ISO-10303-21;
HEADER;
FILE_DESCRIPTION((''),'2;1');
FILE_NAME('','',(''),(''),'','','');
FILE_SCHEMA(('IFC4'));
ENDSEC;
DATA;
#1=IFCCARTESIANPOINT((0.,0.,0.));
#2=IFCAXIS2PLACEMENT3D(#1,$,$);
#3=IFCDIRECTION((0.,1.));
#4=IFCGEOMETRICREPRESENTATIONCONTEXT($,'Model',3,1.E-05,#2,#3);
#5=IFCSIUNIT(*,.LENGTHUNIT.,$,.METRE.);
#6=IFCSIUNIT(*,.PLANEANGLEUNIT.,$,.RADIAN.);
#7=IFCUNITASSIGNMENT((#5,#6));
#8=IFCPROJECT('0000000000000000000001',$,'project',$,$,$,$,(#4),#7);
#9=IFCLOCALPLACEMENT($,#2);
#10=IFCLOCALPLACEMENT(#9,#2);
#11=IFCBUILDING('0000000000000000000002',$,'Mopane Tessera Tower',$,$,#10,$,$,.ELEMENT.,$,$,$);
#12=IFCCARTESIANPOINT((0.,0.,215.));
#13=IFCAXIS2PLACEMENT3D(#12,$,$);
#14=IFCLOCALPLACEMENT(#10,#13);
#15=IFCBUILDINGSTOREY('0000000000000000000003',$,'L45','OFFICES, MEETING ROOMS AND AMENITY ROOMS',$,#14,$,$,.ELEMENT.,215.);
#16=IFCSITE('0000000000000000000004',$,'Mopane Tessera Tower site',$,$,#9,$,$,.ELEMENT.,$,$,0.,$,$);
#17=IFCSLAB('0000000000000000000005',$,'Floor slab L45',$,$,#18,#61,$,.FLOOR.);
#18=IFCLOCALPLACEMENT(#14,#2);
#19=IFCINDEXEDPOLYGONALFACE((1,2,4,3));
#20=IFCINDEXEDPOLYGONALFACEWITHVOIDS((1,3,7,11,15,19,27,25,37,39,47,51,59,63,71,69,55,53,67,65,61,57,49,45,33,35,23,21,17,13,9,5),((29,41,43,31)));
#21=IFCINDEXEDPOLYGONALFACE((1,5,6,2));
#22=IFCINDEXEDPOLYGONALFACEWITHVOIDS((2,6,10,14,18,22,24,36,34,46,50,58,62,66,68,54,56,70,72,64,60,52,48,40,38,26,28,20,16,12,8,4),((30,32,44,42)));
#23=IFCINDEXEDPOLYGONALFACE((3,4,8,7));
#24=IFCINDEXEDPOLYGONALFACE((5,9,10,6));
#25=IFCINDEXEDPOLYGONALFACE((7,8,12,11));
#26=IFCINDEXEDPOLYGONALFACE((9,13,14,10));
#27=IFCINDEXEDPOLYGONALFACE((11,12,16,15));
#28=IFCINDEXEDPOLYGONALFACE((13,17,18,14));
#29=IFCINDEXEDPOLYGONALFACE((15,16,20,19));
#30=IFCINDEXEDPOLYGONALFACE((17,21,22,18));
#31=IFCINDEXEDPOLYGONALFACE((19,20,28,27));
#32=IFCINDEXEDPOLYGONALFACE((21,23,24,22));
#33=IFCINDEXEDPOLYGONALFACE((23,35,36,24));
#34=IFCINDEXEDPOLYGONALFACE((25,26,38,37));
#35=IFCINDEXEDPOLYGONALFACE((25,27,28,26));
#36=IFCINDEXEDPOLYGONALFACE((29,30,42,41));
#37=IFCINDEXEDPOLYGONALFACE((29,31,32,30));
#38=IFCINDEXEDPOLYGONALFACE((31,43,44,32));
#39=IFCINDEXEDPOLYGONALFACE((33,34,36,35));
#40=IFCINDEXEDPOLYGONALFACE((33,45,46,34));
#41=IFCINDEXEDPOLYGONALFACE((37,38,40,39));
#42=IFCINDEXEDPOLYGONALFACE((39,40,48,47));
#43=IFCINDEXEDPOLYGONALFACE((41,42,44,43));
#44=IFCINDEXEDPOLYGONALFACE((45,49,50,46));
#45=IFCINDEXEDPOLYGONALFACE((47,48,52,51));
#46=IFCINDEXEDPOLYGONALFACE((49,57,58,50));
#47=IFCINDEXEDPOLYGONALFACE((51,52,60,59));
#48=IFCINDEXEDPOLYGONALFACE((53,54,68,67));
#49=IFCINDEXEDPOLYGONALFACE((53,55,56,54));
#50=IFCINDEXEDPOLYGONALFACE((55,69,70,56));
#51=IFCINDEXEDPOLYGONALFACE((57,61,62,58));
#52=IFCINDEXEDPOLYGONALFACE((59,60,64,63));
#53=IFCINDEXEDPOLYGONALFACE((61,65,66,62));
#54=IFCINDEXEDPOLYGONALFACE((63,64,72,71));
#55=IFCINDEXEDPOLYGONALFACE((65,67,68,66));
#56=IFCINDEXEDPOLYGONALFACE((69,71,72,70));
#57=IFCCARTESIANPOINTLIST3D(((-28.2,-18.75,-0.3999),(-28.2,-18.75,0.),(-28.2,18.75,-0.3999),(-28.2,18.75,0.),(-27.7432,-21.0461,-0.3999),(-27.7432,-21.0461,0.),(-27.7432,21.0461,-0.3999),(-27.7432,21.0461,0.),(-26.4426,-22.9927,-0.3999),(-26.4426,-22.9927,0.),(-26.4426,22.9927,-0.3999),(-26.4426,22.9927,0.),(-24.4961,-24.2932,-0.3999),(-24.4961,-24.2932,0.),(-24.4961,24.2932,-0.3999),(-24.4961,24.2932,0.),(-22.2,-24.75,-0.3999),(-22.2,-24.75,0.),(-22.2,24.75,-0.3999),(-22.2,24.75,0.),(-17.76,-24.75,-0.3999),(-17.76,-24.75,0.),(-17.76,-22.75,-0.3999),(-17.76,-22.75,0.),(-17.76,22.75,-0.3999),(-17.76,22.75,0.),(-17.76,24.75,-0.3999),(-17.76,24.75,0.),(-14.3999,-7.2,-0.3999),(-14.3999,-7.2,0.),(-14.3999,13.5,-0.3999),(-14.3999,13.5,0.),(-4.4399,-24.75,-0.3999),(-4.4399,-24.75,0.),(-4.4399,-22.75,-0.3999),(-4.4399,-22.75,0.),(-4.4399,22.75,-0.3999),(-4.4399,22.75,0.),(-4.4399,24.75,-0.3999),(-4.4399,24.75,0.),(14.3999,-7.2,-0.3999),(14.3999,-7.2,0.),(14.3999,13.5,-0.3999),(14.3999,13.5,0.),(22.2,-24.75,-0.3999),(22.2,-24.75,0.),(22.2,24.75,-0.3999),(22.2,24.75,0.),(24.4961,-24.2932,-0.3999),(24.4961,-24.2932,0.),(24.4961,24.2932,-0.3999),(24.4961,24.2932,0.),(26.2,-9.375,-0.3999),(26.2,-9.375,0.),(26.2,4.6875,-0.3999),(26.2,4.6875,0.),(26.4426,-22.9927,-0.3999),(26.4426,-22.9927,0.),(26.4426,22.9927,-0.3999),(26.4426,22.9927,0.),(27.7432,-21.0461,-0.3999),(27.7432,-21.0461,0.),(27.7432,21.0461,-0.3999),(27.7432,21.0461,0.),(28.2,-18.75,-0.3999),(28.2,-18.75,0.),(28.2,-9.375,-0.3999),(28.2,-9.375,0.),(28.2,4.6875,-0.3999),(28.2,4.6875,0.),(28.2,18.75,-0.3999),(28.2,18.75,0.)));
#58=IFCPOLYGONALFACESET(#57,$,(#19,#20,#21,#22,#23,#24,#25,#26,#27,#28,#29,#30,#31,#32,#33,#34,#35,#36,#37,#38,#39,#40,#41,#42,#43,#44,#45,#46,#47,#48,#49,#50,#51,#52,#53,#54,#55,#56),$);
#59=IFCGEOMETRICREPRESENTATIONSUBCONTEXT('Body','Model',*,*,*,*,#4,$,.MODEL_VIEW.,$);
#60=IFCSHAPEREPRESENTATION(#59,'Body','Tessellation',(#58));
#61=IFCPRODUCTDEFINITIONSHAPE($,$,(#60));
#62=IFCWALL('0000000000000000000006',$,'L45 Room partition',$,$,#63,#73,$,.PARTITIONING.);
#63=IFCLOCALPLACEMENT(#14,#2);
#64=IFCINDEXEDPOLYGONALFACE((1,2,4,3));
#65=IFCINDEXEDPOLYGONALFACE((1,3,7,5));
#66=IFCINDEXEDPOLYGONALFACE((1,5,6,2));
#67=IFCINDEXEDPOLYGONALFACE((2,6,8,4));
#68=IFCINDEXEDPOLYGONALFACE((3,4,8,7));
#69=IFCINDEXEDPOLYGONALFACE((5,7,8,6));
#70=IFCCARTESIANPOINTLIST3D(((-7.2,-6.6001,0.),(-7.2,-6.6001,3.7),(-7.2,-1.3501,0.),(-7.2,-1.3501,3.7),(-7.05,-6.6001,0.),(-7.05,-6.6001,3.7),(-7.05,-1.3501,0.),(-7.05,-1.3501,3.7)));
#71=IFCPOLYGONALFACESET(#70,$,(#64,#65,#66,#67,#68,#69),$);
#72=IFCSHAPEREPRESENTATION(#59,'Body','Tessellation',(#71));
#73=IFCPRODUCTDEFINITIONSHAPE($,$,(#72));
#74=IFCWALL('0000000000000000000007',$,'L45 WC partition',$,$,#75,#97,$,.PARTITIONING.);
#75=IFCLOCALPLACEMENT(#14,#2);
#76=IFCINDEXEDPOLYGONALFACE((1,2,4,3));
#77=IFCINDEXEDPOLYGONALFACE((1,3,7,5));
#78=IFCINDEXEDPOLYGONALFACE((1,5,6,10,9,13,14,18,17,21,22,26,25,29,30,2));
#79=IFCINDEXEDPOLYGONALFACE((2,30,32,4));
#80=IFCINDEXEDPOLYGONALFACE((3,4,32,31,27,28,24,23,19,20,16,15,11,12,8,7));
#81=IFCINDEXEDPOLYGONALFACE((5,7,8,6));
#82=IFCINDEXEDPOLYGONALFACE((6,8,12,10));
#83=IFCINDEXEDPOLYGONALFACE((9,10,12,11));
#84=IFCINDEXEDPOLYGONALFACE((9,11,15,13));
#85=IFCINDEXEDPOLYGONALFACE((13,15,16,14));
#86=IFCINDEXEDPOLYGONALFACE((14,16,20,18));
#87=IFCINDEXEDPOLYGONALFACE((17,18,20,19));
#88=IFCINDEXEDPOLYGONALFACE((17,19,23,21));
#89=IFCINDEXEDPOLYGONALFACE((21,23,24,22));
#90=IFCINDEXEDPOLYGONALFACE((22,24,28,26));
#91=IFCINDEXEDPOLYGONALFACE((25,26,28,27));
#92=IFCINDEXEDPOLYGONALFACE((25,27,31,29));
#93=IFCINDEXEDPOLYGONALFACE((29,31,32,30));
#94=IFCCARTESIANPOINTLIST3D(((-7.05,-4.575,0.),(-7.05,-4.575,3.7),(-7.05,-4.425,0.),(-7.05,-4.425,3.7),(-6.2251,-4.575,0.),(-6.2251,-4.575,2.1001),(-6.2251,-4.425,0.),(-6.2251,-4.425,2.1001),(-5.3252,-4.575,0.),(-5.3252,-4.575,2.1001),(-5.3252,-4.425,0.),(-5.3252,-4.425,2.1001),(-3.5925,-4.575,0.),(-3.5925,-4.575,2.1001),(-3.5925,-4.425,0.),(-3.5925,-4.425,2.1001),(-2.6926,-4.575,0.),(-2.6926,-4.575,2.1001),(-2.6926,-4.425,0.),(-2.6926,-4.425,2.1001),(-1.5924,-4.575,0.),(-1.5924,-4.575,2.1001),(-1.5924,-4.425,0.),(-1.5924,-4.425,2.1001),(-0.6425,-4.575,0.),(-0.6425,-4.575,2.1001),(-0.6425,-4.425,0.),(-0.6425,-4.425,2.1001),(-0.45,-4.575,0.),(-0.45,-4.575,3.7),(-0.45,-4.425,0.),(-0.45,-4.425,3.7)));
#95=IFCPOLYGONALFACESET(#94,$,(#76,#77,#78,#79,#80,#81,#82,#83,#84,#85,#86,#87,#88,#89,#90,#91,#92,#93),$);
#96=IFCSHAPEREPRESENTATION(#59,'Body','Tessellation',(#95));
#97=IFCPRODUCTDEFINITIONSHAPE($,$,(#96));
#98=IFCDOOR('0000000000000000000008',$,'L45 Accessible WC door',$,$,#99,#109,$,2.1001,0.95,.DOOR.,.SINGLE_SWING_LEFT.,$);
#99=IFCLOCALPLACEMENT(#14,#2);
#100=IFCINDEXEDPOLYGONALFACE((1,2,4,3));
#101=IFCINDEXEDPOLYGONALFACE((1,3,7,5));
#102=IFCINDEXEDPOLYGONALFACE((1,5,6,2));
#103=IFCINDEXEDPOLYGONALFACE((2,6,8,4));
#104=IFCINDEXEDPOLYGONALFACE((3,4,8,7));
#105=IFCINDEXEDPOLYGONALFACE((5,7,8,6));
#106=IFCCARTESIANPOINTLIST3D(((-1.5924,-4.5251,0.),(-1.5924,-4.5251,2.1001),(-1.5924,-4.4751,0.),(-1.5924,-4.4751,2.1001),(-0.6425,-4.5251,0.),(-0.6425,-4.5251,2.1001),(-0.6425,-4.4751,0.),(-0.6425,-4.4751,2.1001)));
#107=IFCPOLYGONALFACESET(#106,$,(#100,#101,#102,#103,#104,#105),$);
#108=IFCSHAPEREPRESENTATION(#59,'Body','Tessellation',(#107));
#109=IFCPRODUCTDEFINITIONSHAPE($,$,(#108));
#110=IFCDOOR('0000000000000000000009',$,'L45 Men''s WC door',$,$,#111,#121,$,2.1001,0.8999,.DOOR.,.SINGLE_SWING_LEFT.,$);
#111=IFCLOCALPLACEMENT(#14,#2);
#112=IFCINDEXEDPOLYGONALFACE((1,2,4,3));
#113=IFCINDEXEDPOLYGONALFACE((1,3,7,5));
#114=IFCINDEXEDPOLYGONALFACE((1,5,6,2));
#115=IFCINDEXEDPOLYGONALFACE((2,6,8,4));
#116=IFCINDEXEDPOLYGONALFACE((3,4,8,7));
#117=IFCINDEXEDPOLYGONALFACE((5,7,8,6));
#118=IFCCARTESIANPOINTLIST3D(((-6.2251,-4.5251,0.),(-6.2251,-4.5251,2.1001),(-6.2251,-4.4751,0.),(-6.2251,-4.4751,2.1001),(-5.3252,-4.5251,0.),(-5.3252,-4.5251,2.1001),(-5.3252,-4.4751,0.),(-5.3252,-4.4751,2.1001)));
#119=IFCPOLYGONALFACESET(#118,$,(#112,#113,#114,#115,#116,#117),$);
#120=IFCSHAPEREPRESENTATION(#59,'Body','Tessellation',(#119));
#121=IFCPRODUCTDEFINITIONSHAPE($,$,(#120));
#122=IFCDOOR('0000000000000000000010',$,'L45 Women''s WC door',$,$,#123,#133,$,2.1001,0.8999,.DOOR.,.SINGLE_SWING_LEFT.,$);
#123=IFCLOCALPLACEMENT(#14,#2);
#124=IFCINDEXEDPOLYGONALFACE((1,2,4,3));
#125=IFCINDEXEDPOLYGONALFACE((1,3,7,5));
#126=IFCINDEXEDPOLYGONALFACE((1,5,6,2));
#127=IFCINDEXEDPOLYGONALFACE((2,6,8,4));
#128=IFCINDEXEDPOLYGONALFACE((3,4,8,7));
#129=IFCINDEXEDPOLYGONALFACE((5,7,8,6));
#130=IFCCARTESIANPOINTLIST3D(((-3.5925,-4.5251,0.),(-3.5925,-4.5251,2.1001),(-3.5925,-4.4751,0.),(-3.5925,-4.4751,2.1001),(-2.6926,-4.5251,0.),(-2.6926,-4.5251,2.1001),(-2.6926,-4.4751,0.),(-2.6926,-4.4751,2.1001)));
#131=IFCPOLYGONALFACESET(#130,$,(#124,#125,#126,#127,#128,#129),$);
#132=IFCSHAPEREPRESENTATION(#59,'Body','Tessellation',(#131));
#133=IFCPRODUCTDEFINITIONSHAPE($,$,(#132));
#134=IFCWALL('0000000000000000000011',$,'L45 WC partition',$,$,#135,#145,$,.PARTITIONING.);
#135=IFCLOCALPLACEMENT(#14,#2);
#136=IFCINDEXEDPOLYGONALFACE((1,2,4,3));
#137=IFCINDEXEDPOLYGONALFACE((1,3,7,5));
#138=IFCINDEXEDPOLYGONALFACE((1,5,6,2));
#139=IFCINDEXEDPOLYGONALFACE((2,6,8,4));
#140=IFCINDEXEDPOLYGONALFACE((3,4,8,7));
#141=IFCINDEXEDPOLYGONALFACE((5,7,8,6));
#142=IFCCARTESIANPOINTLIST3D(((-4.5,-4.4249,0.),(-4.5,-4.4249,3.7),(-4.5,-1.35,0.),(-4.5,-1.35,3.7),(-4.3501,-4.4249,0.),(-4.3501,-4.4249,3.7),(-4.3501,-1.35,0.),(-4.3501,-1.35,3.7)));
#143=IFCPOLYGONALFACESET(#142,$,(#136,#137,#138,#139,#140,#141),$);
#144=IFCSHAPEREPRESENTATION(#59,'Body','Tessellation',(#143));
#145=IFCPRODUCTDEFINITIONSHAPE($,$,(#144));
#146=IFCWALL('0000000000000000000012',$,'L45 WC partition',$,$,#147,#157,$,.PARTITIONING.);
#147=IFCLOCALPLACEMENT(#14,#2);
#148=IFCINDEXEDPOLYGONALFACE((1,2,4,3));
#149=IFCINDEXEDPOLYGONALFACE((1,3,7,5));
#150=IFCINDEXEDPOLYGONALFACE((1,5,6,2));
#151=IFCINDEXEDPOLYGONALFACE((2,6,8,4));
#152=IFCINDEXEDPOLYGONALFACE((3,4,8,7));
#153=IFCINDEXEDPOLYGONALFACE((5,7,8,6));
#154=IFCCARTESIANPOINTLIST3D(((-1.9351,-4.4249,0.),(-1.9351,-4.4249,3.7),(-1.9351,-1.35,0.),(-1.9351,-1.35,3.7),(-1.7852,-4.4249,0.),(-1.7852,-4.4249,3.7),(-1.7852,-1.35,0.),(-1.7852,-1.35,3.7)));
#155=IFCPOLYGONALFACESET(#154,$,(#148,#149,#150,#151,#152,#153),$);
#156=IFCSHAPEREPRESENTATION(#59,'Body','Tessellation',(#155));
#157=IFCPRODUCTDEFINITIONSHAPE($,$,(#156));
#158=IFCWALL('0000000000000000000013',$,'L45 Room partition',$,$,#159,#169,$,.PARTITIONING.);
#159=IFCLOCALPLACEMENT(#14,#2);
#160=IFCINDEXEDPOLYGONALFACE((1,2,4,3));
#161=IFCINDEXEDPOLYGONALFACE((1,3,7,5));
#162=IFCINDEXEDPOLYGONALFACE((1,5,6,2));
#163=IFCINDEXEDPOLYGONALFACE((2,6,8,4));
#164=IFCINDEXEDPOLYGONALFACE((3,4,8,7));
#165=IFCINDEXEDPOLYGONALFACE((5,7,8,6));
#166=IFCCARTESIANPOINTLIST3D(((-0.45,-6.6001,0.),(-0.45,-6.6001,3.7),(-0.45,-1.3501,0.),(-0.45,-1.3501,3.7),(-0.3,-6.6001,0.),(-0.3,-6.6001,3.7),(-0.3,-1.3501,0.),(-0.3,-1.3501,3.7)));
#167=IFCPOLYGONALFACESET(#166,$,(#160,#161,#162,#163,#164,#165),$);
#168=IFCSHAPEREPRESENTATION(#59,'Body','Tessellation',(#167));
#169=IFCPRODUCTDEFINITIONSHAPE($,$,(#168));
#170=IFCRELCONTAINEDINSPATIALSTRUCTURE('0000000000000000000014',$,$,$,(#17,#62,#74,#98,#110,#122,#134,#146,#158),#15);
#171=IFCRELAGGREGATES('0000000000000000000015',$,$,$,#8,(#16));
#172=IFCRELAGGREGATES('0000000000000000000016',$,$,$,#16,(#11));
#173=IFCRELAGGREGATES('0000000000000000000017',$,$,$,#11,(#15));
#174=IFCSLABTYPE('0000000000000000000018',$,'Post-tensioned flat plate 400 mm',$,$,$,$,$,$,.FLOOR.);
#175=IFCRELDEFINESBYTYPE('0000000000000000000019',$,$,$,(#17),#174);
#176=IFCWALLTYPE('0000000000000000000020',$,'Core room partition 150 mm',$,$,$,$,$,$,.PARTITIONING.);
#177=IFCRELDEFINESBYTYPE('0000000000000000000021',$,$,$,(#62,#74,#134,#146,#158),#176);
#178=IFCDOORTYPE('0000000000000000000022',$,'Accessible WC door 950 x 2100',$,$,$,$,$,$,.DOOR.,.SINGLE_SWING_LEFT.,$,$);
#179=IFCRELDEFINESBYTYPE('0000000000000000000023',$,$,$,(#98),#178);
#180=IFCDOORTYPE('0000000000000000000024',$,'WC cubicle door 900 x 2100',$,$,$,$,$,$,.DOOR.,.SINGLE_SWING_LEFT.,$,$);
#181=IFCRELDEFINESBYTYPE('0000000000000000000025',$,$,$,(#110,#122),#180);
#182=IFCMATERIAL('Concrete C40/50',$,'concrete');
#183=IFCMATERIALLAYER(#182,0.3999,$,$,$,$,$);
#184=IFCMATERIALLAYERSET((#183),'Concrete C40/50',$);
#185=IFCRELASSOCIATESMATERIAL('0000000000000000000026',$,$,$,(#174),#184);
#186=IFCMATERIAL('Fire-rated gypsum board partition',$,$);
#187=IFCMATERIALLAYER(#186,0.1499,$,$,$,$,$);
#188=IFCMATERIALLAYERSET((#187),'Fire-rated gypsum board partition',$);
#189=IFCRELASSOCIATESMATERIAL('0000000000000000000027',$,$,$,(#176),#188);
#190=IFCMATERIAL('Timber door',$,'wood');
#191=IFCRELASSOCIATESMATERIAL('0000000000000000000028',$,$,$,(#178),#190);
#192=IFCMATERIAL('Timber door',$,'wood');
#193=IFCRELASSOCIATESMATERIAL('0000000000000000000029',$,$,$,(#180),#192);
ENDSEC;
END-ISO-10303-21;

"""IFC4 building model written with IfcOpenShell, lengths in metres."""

from ifc_helpers import new_model, si_unit, direction, frame, frame_2d, origin, place, context, subcontext, project, spatial, polyline, rectangle, outline, extrude, material, layer, layer_set, type_object, element, fill, save


model = new_model("IFC4")

# Units and contexts
model_context = context("Model", 3, precision=1e-05, world=origin(), true_north=direction((0.0, 1.0)))
body_context = subcontext(model_context, "Body", "Model", "MODEL_VIEW")
ifc_project = project(units=[si_unit("LENGTHUNIT", "METRE"), si_unit("PLANEANGLEUNIT", "RADIAN")], contexts=[model_context])

# Site, building, storey
site_placement = place(None, origin())
site = spatial("IfcSite", under=ifc_project, at=site_placement, Name="Mopane Tessera Tower site", CompositionType="ELEMENT", RefElevation=0.0)
building_placement = place(site_placement, origin())
building = spatial("IfcBuilding", under=site, at=building_placement, Name="Mopane Tessera Tower", CompositionType="ELEMENT")
storey_placement = place(building_placement, frame((0.0, 0.0, 215.0)))
storey = spatial("IfcBuildingStorey", under=building, at=storey_placement, Name="L45", Description="OFFICES, MEETING ROOMS AND AMENITY ROOMS", CompositionType="ELEMENT", Elevation=215.0)

# Slab
ifc_material_1 = material(Name="Concrete C40/50", Category="concrete")
ifc_layer_1 = layer(ifc_material_1, 0.3999)
ifc_layer_set_1 = layer_set([ifc_layer_1], Name="Concrete C40/50")
slab_type = type_object("IfcSlabType", Name="Post-tensioned flat plate 400 mm", PredefinedType="FLOOR", material=ifc_layer_set_1)
slab_placement = place(storey_placement, frame((0.0, 0.0, -0.3999)))
element("IfcSlab", 1, at=slab_placement, inside=storey, type_object=slab_type, Name="Floor slab L45", PredefinedType="FLOOR", context=body_context, shape_type="SweptSolid", body=[
    extrude(outline(polyline([(-22.2, -24.75), (-17.76, -24.75), (-17.76, -22.75), (-4.4399, -22.75), (-4.4399, -24.75), (22.2, -24.75), (24.4961, -24.2932), (26.4426, -22.9927), (27.7432, -21.0461), (28.2, -18.75), (28.2, -9.375), (26.2, -9.375), (26.2, 4.6875), (28.2, 4.6875), (28.2, 18.75), (27.7432, 21.0461), (26.4426, 22.9927), (24.4961, 24.2932), (22.2, 24.75), (-4.4399, 24.75), (-4.4399, 22.75), (-17.76, 22.75), (-17.76, 24.75), (-22.2, 24.75), (-24.4961, 24.2932), (-26.4426, 22.9927), (-27.7432, 21.0461), (-28.2, 18.75), (-28.2, -18.75), (-27.7432, -21.0461), (-26.4426, -22.9927), (-24.4961, -24.2932), (-22.2, -24.75)]), holes=[polyline([(14.3999, -7.2), (-14.3999, -7.2), (-14.3999, 13.5), (14.3999, 13.5), (14.3999, -7.2)])]), origin(), (0.0, 0.0, 1.0), 0.3999),
])

# Wall
ifc_material_2 = material(Name="Fire-rated gypsum board partition")
ifc_layer_2 = layer(ifc_material_2, 0.1499)
ifc_layer_set_2 = layer_set([ifc_layer_2], Name="Fire-rated gypsum board partition")
wall_type_1 = type_object("IfcWallType", Name="Core room partition 150 mm", PredefinedType="PARTITIONING", material=ifc_layer_set_2)
wall_1_placement = place(storey_placement, frame((-7.125, -6.6001, 0.0), z_axis=(0.0, 0.0, 1.0), x_axis=(0.0, 1.0, 0.0)))
element("IfcWall", 2, at=wall_1_placement, inside=storey, type_object=wall_type_1, Name="L45 Room partition", PredefinedType="PARTITIONING", context=body_context, shape_type="SweptSolid", body=[
    extrude(rectangle(XDim=5.25, YDim=0.1499, at=frame_2d((2.625, 0.0))), origin(), (0.0, 0.0, 1.0), 3.7),
])

# Wall, openings, doors
wall_2_placement = place(storey_placement, frame((-7.05, -4.5, 0.0), z_axis=(0.0, 0.0, 1.0), x_axis=(1.0, 0.0, 0.0)))
wall_2 = element("IfcWall", 3, at=wall_2_placement, inside=storey, type_object=wall_type_1, Name="L45 WC partition", PredefinedType="PARTITIONING", context=body_context, shape_type="SweptSolid", body=[
    extrude(rectangle(XDim=6.6001, YDim=0.1499, at=frame_2d((3.3, 0.0))), origin(), (0.0, 0.0, 1.0), 3.7),
])
opening_1_placement = place(wall_2_placement, frame((0.825, 0.0, 0.0)))
opening_1 = element("IfcOpeningElement", 4, at=opening_1_placement, cuts=wall_2, PredefinedType="OPENING", context=body_context, shape_type="SweptSolid", body=[
    extrude(rectangle(XDim=0.8999, YDim=2.1001, at=frame_2d((0.45, 1.05))), frame((0.0, 0.0869, 0.0), z_axis=(0.0, -1.0, 0.0), x_axis=(1.0, 0.0, 0.0)), (0.0, 0.0, 1.0), 0.1738),
])
opening_2_placement = place(wall_2_placement, frame((3.4575, 0.0, 0.0)))
opening_2 = element("IfcOpeningElement", 5, at=opening_2_placement, cuts=wall_2, PredefinedType="OPENING", context=body_context, shape_type="SweptSolid", body=[
    extrude(rectangle(XDim=0.8999, YDim=2.1001, at=frame_2d((0.45, 1.05))), frame((0.0, 0.0869, 0.0), z_axis=(0.0, -1.0, 0.0), x_axis=(1.0, 0.0, 0.0)), (0.0, 0.0, 1.0), 0.1738),
])
opening_3_placement = place(wall_2_placement, frame((5.4575, 0.0, 0.0)))
opening_3 = element("IfcOpeningElement", 6, at=opening_3_placement, cuts=wall_2, PredefinedType="OPENING", context=body_context, shape_type="SweptSolid", body=[
    extrude(rectangle(XDim=0.95, YDim=2.1001, at=frame_2d((0.4751, 1.05))), frame((0.0, 0.0869, 0.0), z_axis=(0.0, -1.0, 0.0), x_axis=(1.0, 0.0, 0.0)), (0.0, 0.0, 1.0), 0.1738),
])
ifc_material_3 = material(Name="Timber door", Category="wood")
door_type_1 = type_object("IfcDoorType", Name="Accessible WC door 950 x 2100", OperationType="SINGLE_SWING_LEFT", PredefinedType="DOOR", material=ifc_material_3)
door_1_placement = place(opening_3_placement, origin())
door_1 = element("IfcDoor", 7, at=door_1_placement, inside=storey, type_object=door_type_1, Name="L45 Accessible WC door", OperationType="SINGLE_SWING_LEFT", OverallHeight=2.1001, OverallWidth=0.95, PredefinedType="DOOR", context=body_context, shape_type="SweptSolid", body=[
    extrude(rectangle(XDim=0.95, YDim=2.1001, at=frame_2d((0.4751, 1.05))), frame((0.0, 0.0249, 0.0), z_axis=(0.0, -1.0, 0.0), x_axis=(1.0, 0.0, 0.0)), (0.0, 0.0, 1.0), 0.05),
])
fill(opening_3, door_1)
ifc_material_4 = material(Name="Timber door", Category="wood")
door_type_2 = type_object("IfcDoorType", Name="WC cubicle door 900 x 2100", OperationType="SINGLE_SWING_LEFT", PredefinedType="DOOR", material=ifc_material_4)
door_2_placement = place(opening_1_placement, origin())
door_2 = element("IfcDoor", 8, at=door_2_placement, inside=storey, type_object=door_type_2, Name="L45 Men's WC door", OperationType="SINGLE_SWING_LEFT", OverallHeight=2.1001, OverallWidth=0.8999, PredefinedType="DOOR", context=body_context, shape_type="SweptSolid", body=[
    extrude(rectangle(XDim=0.8999, YDim=2.1001, at=frame_2d((0.45, 1.05))), frame((0.0, 0.0249, 0.0), z_axis=(0.0, -1.0, 0.0), x_axis=(1.0, 0.0, 0.0)), (0.0, 0.0, 1.0), 0.05),
])
fill(opening_1, door_2)
door_3_placement = place(opening_2_placement, origin())
door_3 = element("IfcDoor", 9, at=door_3_placement, inside=storey, type_object=door_type_2, Name="L45 Women's WC door", OperationType="SINGLE_SWING_LEFT", OverallHeight=2.1001, OverallWidth=0.8999, PredefinedType="DOOR", context=body_context, shape_type="SweptSolid", body=[
    extrude(rectangle(XDim=0.8999, YDim=2.1001, at=frame_2d((0.45, 1.05))), frame((0.0, 0.0249, 0.0), z_axis=(0.0, -1.0, 0.0), x_axis=(1.0, 0.0, 0.0)), (0.0, 0.0, 1.0), 0.05),
])
fill(opening_2, door_3)

# Walls
for number, where, z_axis, x_axis, name in (
    (10, (-4.425, -4.425, 0.0), (0.0, 0.0, 1.0), (0.0, 1.0, 0.0), "L45 WC partition"),
    (11, (-1.8601, -4.425, 0.0), (0.0, 0.0, 1.0), (0.0, 1.0, 0.0), "L45 WC partition"),
):
    element("IfcWall", number, at=place(storey_placement, frame(where, z_axis=z_axis, x_axis=x_axis)), inside=storey, type_object=wall_type_1, Name=name, PredefinedType="PARTITIONING", context=body_context, shape_type="SweptSolid", body=[
        extrude(rectangle(XDim=3.075, YDim=0.1499, at=frame_2d((1.5376, 0.0))), origin(), (0.0, 0.0, 1.0), 3.7),
    ])
wall_3_placement = place(storey_placement, frame((-0.375, -6.6001, 0.0), z_axis=(0.0, 0.0, 1.0), x_axis=(0.0, 1.0, 0.0)))
element("IfcWall", 12, at=wall_3_placement, inside=storey, type_object=wall_type_1, Name="L45 Room partition", PredefinedType="PARTITIONING", context=body_context, shape_type="SweptSolid", body=[
    extrude(rectangle(XDim=5.25, YDim=0.1499, at=frame_2d((2.625, 0.0))), origin(), (0.0, 0.0, 1.0), 3.7),
])

save(model, "model.ifc")
